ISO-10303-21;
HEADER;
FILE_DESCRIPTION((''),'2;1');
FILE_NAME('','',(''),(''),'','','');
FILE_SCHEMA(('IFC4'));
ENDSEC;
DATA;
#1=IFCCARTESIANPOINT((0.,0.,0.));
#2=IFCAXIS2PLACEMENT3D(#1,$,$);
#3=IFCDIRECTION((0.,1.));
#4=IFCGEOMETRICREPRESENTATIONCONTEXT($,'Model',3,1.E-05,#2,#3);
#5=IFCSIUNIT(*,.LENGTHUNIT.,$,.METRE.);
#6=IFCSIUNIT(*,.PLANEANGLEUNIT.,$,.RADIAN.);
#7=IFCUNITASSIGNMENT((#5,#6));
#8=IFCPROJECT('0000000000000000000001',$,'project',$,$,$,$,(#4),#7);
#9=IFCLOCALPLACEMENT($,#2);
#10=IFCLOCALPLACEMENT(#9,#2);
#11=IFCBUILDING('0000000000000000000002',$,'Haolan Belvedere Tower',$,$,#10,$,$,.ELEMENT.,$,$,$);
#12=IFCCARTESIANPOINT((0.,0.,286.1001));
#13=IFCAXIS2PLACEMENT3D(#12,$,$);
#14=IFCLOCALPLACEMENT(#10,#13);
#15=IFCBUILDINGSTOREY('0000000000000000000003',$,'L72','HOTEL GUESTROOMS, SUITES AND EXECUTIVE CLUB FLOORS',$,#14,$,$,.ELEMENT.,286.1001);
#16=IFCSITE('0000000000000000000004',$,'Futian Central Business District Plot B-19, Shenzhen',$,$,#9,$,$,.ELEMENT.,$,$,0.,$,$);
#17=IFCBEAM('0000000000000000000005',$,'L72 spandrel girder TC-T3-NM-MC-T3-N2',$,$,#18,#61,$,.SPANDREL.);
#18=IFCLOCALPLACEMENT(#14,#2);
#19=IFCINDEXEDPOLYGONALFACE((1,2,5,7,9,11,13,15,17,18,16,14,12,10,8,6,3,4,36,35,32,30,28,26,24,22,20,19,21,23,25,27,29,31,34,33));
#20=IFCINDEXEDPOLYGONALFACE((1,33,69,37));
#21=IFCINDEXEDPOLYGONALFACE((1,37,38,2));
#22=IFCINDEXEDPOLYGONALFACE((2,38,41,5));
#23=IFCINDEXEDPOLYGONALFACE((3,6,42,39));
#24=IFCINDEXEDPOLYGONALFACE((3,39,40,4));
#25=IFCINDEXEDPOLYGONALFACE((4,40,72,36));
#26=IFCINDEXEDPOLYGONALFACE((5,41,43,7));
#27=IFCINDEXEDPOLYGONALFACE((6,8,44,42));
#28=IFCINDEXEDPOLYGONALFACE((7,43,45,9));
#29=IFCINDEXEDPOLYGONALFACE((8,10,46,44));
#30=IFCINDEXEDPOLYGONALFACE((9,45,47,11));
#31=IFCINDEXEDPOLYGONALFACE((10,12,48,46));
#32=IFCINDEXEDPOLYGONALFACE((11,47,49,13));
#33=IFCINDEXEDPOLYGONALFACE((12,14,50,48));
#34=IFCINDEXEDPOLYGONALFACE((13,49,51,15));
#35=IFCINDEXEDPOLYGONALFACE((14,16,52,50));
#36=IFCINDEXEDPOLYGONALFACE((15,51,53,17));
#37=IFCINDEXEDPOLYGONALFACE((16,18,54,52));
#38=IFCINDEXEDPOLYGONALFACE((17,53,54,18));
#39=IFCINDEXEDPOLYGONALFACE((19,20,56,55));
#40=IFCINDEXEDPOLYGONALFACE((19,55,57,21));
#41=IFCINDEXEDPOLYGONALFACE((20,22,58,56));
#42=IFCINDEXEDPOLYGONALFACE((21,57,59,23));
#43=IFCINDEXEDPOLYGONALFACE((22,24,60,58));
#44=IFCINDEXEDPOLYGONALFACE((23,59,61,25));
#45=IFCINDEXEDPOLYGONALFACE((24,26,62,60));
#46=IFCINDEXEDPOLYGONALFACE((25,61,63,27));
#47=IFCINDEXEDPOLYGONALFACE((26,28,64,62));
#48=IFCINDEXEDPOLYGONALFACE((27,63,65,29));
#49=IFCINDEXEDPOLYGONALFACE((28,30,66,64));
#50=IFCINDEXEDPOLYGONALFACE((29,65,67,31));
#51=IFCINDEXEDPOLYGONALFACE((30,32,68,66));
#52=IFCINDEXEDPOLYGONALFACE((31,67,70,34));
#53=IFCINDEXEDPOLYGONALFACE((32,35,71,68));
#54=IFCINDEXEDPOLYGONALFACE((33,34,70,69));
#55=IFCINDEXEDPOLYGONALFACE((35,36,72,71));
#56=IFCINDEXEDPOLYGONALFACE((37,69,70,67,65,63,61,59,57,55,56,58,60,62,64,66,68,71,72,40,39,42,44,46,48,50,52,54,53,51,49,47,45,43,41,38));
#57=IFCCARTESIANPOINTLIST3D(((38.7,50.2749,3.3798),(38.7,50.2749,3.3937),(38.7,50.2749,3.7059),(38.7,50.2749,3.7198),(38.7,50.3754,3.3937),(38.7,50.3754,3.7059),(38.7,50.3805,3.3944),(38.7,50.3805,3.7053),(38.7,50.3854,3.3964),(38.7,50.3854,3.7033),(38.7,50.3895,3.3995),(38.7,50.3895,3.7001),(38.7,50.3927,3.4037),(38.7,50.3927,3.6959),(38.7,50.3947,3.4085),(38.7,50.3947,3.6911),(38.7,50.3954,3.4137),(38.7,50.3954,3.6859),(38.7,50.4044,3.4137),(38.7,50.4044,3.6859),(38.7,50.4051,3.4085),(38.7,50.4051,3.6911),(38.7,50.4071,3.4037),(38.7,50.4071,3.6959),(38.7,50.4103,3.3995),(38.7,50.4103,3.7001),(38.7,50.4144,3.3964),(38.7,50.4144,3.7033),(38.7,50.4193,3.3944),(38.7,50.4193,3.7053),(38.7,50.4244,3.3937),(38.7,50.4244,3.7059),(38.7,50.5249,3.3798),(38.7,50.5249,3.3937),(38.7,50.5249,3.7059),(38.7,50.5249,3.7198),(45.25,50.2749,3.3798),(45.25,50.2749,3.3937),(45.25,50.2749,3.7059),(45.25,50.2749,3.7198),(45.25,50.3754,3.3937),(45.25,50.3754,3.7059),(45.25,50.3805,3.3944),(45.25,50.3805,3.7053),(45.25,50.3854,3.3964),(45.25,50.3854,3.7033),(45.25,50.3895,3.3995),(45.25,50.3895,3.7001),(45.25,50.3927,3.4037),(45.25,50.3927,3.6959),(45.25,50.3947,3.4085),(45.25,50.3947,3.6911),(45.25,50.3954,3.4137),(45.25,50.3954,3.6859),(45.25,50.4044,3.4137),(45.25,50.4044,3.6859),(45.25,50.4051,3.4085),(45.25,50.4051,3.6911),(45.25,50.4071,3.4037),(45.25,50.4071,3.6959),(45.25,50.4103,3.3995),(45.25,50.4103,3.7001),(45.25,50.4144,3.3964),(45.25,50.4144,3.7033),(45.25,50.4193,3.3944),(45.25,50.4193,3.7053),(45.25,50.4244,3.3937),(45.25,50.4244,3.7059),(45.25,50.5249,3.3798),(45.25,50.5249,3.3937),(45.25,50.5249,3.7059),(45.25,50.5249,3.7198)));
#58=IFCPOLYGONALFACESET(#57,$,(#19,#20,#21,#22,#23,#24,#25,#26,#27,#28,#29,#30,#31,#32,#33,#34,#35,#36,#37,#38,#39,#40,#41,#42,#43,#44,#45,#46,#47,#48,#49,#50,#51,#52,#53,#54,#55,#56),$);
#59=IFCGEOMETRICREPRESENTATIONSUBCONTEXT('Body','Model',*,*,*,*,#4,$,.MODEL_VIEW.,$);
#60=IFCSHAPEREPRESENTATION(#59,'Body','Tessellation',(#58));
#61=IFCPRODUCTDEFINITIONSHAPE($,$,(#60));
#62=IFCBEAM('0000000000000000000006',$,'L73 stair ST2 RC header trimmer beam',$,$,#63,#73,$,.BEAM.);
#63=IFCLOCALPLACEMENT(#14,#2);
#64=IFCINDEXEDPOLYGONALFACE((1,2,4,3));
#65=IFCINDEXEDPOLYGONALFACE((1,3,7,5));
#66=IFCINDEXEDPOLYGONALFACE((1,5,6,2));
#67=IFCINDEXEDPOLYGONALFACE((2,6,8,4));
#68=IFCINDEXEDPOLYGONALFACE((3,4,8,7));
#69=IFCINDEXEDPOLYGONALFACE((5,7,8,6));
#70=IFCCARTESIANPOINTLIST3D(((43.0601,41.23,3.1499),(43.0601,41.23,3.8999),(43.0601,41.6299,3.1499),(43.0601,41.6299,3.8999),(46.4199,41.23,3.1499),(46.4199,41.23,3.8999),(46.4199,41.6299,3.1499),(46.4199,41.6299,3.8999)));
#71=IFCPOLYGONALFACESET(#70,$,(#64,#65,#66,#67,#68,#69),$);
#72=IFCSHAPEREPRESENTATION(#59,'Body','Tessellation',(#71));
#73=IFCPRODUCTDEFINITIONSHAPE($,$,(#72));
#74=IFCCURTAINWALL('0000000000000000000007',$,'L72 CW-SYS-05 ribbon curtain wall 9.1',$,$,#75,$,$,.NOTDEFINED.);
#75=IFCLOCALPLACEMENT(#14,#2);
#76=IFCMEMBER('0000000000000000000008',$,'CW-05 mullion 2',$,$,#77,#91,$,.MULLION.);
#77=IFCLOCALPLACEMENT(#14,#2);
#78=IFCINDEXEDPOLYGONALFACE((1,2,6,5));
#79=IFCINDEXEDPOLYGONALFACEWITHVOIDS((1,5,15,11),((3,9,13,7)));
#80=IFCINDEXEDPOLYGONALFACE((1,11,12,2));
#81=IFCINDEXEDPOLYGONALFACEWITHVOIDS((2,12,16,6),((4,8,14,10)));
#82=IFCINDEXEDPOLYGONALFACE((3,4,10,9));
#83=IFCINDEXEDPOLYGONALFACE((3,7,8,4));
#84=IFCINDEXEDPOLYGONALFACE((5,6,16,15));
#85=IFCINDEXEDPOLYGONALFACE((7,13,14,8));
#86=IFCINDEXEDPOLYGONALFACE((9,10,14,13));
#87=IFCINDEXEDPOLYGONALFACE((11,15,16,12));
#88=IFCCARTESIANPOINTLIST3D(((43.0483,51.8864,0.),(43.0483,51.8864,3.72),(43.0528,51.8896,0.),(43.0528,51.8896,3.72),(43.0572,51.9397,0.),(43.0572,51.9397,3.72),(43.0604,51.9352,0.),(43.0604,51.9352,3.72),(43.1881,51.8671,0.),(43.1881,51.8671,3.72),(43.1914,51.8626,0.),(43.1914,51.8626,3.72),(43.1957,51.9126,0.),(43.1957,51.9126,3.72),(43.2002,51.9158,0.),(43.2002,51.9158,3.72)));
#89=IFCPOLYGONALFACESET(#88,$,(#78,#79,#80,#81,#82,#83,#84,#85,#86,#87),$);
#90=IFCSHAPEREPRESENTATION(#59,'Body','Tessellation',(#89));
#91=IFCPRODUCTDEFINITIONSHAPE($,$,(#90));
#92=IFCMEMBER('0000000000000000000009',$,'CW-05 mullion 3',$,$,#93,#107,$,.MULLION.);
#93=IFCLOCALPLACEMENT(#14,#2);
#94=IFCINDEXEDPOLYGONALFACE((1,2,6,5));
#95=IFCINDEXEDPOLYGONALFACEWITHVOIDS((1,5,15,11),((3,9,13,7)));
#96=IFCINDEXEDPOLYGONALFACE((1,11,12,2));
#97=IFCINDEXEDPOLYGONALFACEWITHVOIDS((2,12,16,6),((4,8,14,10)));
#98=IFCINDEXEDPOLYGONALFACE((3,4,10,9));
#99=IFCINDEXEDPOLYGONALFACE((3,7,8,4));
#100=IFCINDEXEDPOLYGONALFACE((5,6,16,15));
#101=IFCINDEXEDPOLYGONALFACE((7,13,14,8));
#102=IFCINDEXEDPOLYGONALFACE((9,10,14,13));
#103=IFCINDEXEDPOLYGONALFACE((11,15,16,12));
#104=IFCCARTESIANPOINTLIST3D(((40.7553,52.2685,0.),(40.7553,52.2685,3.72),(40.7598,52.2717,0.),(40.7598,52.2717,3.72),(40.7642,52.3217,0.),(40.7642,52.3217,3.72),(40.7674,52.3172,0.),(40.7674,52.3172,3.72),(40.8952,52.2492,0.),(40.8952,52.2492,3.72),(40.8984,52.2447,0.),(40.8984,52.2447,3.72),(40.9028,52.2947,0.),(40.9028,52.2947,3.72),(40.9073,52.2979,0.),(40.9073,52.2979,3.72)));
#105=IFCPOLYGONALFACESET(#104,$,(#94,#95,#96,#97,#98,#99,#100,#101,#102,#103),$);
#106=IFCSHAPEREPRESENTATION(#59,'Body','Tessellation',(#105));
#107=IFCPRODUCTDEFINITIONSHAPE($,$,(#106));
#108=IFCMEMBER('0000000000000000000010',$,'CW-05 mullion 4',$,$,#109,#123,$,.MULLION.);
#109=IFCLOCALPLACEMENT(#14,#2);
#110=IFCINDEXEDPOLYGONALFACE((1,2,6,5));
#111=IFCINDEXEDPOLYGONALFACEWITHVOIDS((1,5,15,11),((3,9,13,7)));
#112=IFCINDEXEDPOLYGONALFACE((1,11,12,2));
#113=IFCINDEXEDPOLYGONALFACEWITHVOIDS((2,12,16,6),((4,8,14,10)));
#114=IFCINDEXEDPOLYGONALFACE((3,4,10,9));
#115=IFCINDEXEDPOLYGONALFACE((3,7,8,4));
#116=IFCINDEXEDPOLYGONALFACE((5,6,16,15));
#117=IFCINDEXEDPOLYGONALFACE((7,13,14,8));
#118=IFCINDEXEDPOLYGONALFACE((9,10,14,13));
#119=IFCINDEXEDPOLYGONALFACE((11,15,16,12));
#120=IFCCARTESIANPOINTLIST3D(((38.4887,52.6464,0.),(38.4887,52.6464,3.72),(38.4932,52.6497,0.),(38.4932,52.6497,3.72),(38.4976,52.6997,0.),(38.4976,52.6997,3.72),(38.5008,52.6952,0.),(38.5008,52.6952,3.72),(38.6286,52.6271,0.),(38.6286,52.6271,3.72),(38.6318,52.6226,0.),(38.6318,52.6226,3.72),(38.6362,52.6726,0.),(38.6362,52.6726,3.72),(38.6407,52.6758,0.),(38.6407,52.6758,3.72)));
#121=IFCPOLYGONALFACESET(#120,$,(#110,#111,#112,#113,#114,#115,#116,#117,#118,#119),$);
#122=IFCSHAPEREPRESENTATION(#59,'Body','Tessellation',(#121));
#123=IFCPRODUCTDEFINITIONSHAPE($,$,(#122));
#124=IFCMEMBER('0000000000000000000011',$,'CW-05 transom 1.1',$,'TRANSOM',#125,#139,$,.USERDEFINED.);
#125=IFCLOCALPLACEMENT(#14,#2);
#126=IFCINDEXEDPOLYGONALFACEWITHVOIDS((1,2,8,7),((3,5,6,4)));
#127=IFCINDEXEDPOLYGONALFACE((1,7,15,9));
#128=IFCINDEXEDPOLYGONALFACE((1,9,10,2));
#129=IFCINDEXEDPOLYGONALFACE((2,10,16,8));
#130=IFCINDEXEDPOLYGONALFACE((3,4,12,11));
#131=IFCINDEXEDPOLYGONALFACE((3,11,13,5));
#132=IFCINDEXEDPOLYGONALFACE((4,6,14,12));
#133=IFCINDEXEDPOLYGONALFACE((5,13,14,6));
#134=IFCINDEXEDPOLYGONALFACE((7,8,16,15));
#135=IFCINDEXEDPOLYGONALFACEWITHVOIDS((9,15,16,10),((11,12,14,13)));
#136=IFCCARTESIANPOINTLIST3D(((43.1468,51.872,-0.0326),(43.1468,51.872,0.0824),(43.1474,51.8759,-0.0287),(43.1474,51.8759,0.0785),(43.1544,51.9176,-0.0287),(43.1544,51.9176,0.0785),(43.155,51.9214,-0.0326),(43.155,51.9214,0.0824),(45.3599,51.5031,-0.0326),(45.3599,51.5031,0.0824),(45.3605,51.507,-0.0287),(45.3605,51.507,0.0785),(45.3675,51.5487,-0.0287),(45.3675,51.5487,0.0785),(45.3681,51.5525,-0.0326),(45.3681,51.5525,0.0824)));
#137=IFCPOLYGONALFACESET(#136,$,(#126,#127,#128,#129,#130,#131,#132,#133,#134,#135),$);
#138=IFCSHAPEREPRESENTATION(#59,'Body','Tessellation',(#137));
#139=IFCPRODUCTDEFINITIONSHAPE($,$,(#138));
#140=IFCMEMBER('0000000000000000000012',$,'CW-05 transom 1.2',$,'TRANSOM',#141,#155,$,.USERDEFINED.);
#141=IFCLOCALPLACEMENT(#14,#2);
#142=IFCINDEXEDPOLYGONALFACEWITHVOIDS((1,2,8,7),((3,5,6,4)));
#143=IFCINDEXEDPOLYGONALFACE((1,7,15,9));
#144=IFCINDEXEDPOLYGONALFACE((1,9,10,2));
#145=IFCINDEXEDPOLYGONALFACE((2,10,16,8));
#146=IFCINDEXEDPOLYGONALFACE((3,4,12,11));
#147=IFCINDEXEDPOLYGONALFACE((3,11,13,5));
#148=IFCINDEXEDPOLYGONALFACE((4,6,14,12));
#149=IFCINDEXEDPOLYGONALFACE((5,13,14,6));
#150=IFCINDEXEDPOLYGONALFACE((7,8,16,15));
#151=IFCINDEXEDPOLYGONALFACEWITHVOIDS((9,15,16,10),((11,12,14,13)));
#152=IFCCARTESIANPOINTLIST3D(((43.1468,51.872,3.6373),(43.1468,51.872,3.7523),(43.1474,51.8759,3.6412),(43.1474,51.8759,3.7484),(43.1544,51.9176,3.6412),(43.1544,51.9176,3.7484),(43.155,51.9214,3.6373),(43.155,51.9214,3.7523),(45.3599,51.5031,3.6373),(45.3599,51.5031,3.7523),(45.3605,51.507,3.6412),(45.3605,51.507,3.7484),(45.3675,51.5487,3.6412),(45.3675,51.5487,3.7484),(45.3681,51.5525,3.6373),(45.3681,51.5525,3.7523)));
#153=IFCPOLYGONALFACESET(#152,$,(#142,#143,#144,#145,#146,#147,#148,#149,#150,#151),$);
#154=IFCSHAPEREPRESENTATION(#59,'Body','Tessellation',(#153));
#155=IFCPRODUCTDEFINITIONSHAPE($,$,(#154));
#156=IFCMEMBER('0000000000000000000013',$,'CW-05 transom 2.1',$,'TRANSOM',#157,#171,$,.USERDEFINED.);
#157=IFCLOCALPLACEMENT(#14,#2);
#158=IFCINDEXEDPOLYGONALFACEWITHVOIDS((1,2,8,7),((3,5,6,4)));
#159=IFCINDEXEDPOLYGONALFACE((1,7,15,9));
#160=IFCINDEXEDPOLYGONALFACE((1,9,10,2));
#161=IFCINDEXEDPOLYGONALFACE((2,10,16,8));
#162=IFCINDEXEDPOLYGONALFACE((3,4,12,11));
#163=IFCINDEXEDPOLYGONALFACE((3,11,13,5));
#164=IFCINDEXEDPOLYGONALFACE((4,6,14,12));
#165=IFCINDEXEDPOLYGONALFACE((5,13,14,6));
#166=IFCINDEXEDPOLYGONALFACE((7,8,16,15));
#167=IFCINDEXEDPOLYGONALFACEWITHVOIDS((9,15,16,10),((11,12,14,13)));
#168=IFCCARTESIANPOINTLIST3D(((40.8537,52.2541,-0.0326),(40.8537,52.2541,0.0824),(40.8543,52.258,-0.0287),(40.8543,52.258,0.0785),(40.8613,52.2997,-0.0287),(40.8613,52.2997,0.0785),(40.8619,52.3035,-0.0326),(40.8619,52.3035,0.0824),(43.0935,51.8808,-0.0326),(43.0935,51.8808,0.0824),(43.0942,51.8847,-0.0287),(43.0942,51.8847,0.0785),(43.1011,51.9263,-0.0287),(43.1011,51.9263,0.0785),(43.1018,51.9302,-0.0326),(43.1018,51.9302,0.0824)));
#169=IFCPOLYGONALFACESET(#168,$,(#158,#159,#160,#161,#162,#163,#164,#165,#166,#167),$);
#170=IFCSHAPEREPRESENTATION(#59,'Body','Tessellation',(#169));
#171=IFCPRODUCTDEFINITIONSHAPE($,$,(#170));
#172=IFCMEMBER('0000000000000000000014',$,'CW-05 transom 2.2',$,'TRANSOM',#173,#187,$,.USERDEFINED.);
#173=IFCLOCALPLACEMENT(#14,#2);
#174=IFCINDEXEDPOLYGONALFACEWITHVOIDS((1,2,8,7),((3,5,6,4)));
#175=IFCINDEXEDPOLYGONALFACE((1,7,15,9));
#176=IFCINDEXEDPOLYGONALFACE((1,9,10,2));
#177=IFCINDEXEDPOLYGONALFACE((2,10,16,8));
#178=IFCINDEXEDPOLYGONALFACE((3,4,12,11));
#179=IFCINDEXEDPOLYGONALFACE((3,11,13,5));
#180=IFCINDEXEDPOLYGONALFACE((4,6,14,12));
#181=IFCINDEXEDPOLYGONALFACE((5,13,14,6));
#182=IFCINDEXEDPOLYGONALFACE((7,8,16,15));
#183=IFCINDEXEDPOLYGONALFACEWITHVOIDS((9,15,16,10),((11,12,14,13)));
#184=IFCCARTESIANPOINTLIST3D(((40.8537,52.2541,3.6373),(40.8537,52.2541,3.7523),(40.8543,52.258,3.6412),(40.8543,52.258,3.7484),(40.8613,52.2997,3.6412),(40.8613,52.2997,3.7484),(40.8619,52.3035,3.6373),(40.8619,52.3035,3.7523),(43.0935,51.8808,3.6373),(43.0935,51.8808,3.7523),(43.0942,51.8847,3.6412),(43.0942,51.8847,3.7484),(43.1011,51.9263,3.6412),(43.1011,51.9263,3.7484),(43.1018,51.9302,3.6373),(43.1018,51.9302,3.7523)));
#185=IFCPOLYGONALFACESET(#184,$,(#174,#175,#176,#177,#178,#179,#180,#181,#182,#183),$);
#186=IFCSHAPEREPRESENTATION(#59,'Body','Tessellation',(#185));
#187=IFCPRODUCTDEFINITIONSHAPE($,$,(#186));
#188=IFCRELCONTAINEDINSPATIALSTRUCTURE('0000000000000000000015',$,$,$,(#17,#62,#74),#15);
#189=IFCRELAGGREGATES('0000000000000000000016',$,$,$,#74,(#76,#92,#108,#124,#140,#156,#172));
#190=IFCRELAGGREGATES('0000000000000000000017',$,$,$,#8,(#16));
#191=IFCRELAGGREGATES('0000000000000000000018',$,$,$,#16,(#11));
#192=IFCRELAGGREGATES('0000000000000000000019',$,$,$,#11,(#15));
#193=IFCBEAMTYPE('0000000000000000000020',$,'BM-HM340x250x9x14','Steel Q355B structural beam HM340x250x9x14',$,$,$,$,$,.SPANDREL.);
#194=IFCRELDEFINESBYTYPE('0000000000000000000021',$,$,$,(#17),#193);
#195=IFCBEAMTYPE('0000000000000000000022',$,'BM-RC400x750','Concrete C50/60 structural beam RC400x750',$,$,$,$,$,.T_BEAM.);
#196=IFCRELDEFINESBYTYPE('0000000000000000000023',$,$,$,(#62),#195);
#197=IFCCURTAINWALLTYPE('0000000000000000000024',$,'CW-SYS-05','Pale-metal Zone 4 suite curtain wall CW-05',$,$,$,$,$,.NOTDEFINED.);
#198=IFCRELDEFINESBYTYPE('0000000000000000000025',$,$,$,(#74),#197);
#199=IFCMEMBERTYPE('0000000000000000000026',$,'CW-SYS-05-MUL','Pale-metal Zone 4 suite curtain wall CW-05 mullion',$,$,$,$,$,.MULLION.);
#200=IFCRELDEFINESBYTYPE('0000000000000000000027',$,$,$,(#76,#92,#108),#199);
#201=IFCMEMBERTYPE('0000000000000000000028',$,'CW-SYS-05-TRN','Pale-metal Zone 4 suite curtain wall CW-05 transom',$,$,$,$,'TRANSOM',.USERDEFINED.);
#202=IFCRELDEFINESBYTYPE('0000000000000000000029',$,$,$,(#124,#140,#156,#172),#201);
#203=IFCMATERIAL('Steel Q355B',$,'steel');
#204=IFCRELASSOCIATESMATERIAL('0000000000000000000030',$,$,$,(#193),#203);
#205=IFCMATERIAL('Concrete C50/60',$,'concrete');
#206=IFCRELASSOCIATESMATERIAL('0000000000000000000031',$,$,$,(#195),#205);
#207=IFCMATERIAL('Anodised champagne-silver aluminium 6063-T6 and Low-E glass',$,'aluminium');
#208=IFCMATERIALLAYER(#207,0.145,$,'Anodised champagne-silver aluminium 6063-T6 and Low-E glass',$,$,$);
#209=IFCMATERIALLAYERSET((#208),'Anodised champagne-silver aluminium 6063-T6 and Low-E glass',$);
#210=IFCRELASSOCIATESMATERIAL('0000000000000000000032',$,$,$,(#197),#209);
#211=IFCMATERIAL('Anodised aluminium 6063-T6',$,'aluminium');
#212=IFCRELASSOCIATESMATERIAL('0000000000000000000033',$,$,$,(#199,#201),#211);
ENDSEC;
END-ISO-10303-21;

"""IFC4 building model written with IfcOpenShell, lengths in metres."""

from ifc_helpers import new_model, si_unit, direction, frame, origin, origin_2d, place, context, subcontext, project, spatial, rectangle, hollow_rectangle, i_section, extrude, material, layer, layer_set, material_profile, profile_set, type_object, element, aggregate, save


model = new_model("IFC4")

# Units and contexts
model_context = context("Model", 3, precision=1e-05, world=origin(), true_north=direction((0.0, 1.0)))
body_context = subcontext(model_context, "Body", "Model", "MODEL_VIEW")
ifc_project = project(units=[si_unit("LENGTHUNIT", "METRE"), si_unit("PLANEANGLEUNIT", "RADIAN")], contexts=[model_context])

# Site, building, storey
site_placement = place(None, origin())
site = spatial("IfcSite", under=ifc_project, at=site_placement, Name="Futian Central Business District Plot B-19, Shenzhen", CompositionType="ELEMENT", RefElevation=0.0)
building_placement = place(site_placement, origin())
building = spatial("IfcBuilding", under=site, at=building_placement, Name="Haolan Belvedere Tower", CompositionType="ELEMENT")
storey_placement = place(building_placement, frame((0.0, 0.0, 286.1001)))
storey = spatial("IfcBuildingStorey", under=building, at=storey_placement, Name="L72", Description="HOTEL GUESTROOMS, SUITES AND EXECUTIVE CLUB FLOORS", CompositionType="ELEMENT", Elevation=286.1001)

# Beams
ifc_material_1 = material(Name="Steel Q355B", Category="steel")
ifc_material_profile_1 = material_profile(ifc_material_1, i_section(OverallWidth=0.25, OverallDepth=0.3401, WebThickness=0.009, FlangeThickness=0.0139, FilletRadius=0.02, at=origin_2d()), Name="Steel Q355B")
ifc_profile_set_1 = profile_set([ifc_material_profile_1], Name="Steel Q355B")
beam_type_1 = type_object("IfcBeamType", Name="BM-HM340x250x9x14", Description="Steel Q355B structural beam HM340x250x9x14", PredefinedType="SPANDREL", material=ifc_profile_set_1)
beam_1_placement = place(storey_placement, frame((38.7, 50.3999, 3.5498), z_axis=(1.0, 0.0, 0.0), x_axis=(0.0, 1.0, 0.0)))
element("IfcBeam", 1, at=beam_1_placement, inside=storey, type_object=beam_type_1, Name="L72 spandrel girder TC-T3-NM-MC-T3-N2", PredefinedType="SPANDREL", context=body_context, shape_type="SweptSolid", body=[
    extrude(i_section(OverallWidth=0.25, OverallDepth=0.3401, WebThickness=0.009, FlangeThickness=0.0139, FilletRadius=0.02, at=origin_2d()), origin(), (0.0, 0.0, 1.0), 6.55),
])
ifc_material_2 = material(Name="Concrete C50/60", Category="concrete")
ifc_material_profile_2 = material_profile(ifc_material_2, rectangle(XDim=0.3999, YDim=0.75, at=origin_2d()), Name="Concrete C50/60")
ifc_profile_set_2 = profile_set([ifc_material_profile_2], Name="Concrete C50/60")
beam_type_2 = type_object("IfcBeamType", Name="BM-RC400x750", Description="Concrete C50/60 structural beam RC400x750", PredefinedType="T_BEAM", material=ifc_profile_set_2)
beam_2_placement = place(storey_placement, frame((43.0601, 41.4299, 3.5249), z_axis=(1.0, 0.0, 0.0), x_axis=(0.0, 1.0, 0.0)))
element("IfcBeam", 2, at=beam_2_placement, inside=storey, type_object=beam_type_2, Name="L73 stair ST2 RC header trimmer beam", PredefinedType="BEAM", context=body_context, shape_type="SweptSolid", body=[
    extrude(rectangle(XDim=0.3999, YDim=0.75, at=origin_2d()), origin(), (0.0, 0.0, 1.0), 3.3599),
])

# Curtain wall, members
ifc_material_3 = material(Name="Anodised champagne-silver aluminium 6063-T6 and Low-E glass", Category="aluminium")
ifc_layer_1 = layer(ifc_material_3, 0.145, Name="Anodised champagne-silver aluminium 6063-T6 and Low-E glass")
ifc_layer_set_1 = layer_set([ifc_layer_1], Name="Anodised champagne-silver aluminium 6063-T6 and Low-E glass")
curtain_wall_type = type_object("IfcCurtainWallType", Name="CW-SYS-05", Description="Pale-metal Zone 4 suite curtain wall CW-05", PredefinedType="NOTDEFINED", material=ifc_layer_set_1)
curtain_wall_placement = place(storey_placement, origin())
curtain_wall = element("IfcCurtainWall", 3, at=curtain_wall_placement, inside=storey, type_object=curtain_wall_type, Name="L72 CW-SYS-05 ribbon curtain wall 9.1", PredefinedType="NOTDEFINED")
ifc_material_4 = material(Name="Anodised aluminium 6063-T6", Category="aluminium")
ifc_material_profile_3 = material_profile(ifc_material_4, hollow_rectangle(XDim=0.054, YDim=0.145, WallThickness=0.0039, at=origin_2d()), Name="Anodised aluminium 6063-T6")
ifc_profile_set_3 = profile_set([ifc_material_profile_3], Name="Anodised aluminium 6063-T6")
member_type_1 = type_object("IfcMemberType", Name="CW-SYS-05-MUL", Description="Pale-metal Zone 4 suite curtain wall CW-05 mullion", PredefinedType="MULLION", material=ifc_profile_set_3)
member_1_placement = place(storey_placement, frame((43.1243, 51.9011, 0.0), z_axis=(0.0, 0.0, 1.0), x_axis=(-0.164406, -0.986393, 0.0)))
member_1 = element("IfcMember", 4, at=member_1_placement, type_object=member_type_1, Name="CW-05 mullion 2", PredefinedType="MULLION", context=body_context, shape_type="SweptSolid", body=[
    extrude(hollow_rectangle(XDim=0.054, YDim=0.145, WallThickness=0.0039, at=origin_2d()), origin(), (0.0, 0.0, 1.0), 3.72),
])
member_2_placement = place(storey_placement, frame((40.8313, 52.2832, 0.0), z_axis=(0.0, 0.0, 1.0), x_axis=(-0.164406, -0.986393, 0.0)))
member_2 = element("IfcMember", 5, at=member_2_placement, type_object=member_type_1, Name="CW-05 mullion 3", PredefinedType="MULLION", context=body_context, shape_type="SweptSolid", body=[
    extrude(hollow_rectangle(XDim=0.054, YDim=0.145, WallThickness=0.0039, at=origin_2d()), origin(), (0.0, 0.0, 1.0), 3.72),
])
member_3_placement = place(storey_placement, frame((38.5647, 52.6611, 0.0), z_axis=(0.0, 0.0, 1.0), x_axis=(-0.164406, -0.986393, 0.0)))
member_3 = element("IfcMember", 6, at=member_3_placement, type_object=member_type_1, Name="CW-05 mullion 4", PredefinedType="MULLION", context=body_context, shape_type="SweptSolid", body=[
    extrude(hollow_rectangle(XDim=0.054, YDim=0.145, WallThickness=0.0039, at=origin_2d()), origin(), (0.0, 0.0, 1.0), 3.72),
])
ifc_material_profile_4 = material_profile(ifc_material_4, hollow_rectangle(XDim=0.05, YDim=0.115, WallThickness=0.0039, at=origin_2d()), Name="Anodised aluminium 6063-T6")
ifc_profile_set_4 = profile_set([ifc_material_profile_4], Name="Anodised aluminium 6063-T6")
member_type_2 = type_object("IfcMemberType", Name="CW-SYS-05-TRN", Description="Pale-metal Zone 4 suite curtain wall CW-05 transom", ElementType="TRANSOM", PredefinedType="USERDEFINED", material=ifc_profile_set_4)
member_4_placement = place(storey_placement, frame((45.364, 51.5278, 0.0249), z_axis=(-0.986391, 0.164417, 0.0), x_axis=(-0.164417, -0.986391, 0.0)))
member_4 = element("IfcMember", 7, at=member_4_placement, type_object=member_type_2, Name="CW-05 transom 1.1", ObjectType="TRANSOM", PredefinedType="USERDEFINED", context=body_context, shape_type="SweptSolid", body=[
    extrude(hollow_rectangle(XDim=0.05, YDim=0.115, WallThickness=0.0039, at=origin_2d()), origin(), (0.0, 0.0, 1.0), 2.2437),
])
member_5_placement = place(storey_placement, frame((45.364, 51.5278, 3.6948), z_axis=(-0.986391, 0.164417, 0.0), x_axis=(-0.164417, -0.986391, 0.0)))
member_5 = element("IfcMember", 8, at=member_5_placement, type_object=member_type_2, Name="CW-05 transom 1.2", ObjectType="TRANSOM", PredefinedType="USERDEFINED", context=body_context, shape_type="SweptSolid", body=[
    extrude(hollow_rectangle(XDim=0.05, YDim=0.115, WallThickness=0.0039, at=origin_2d()), origin(), (0.0, 0.0, 1.0), 2.2437),
])
member_6_placement = place(storey_placement, frame((43.0977, 51.9055, 0.0249), z_axis=(-0.986394, 0.164399, 0.0), x_axis=(-0.164399, -0.986394, 0.0)))
member_6 = element("IfcMember", 9, at=member_6_placement, type_object=member_type_2, Name="CW-05 transom 2.1", ObjectType="TRANSOM", PredefinedType="USERDEFINED", context=body_context, shape_type="SweptSolid", body=[
    extrude(hollow_rectangle(XDim=0.05, YDim=0.115, WallThickness=0.0039, at=origin_2d()), origin(), (0.0, 0.0, 1.0), 2.2708),
])
member_7_placement = place(storey_placement, frame((43.0977, 51.9055, 3.6948), z_axis=(-0.986394, 0.164399, 0.0), x_axis=(-0.164399, -0.986394, 0.0)))
member_7 = element("IfcMember", 10, at=member_7_placement, type_object=member_type_2, Name="CW-05 transom 2.2", ObjectType="TRANSOM", PredefinedType="USERDEFINED", context=body_context, shape_type="SweptSolid", body=[
    extrude(hollow_rectangle(XDim=0.05, YDim=0.115, WallThickness=0.0039, at=origin_2d()), origin(), (0.0, 0.0, 1.0), 2.2708),
])
aggregate(curtain_wall, [member_1, member_2, member_3, member_4, member_5, member_6, member_7])

save(model, "model.ifc")
